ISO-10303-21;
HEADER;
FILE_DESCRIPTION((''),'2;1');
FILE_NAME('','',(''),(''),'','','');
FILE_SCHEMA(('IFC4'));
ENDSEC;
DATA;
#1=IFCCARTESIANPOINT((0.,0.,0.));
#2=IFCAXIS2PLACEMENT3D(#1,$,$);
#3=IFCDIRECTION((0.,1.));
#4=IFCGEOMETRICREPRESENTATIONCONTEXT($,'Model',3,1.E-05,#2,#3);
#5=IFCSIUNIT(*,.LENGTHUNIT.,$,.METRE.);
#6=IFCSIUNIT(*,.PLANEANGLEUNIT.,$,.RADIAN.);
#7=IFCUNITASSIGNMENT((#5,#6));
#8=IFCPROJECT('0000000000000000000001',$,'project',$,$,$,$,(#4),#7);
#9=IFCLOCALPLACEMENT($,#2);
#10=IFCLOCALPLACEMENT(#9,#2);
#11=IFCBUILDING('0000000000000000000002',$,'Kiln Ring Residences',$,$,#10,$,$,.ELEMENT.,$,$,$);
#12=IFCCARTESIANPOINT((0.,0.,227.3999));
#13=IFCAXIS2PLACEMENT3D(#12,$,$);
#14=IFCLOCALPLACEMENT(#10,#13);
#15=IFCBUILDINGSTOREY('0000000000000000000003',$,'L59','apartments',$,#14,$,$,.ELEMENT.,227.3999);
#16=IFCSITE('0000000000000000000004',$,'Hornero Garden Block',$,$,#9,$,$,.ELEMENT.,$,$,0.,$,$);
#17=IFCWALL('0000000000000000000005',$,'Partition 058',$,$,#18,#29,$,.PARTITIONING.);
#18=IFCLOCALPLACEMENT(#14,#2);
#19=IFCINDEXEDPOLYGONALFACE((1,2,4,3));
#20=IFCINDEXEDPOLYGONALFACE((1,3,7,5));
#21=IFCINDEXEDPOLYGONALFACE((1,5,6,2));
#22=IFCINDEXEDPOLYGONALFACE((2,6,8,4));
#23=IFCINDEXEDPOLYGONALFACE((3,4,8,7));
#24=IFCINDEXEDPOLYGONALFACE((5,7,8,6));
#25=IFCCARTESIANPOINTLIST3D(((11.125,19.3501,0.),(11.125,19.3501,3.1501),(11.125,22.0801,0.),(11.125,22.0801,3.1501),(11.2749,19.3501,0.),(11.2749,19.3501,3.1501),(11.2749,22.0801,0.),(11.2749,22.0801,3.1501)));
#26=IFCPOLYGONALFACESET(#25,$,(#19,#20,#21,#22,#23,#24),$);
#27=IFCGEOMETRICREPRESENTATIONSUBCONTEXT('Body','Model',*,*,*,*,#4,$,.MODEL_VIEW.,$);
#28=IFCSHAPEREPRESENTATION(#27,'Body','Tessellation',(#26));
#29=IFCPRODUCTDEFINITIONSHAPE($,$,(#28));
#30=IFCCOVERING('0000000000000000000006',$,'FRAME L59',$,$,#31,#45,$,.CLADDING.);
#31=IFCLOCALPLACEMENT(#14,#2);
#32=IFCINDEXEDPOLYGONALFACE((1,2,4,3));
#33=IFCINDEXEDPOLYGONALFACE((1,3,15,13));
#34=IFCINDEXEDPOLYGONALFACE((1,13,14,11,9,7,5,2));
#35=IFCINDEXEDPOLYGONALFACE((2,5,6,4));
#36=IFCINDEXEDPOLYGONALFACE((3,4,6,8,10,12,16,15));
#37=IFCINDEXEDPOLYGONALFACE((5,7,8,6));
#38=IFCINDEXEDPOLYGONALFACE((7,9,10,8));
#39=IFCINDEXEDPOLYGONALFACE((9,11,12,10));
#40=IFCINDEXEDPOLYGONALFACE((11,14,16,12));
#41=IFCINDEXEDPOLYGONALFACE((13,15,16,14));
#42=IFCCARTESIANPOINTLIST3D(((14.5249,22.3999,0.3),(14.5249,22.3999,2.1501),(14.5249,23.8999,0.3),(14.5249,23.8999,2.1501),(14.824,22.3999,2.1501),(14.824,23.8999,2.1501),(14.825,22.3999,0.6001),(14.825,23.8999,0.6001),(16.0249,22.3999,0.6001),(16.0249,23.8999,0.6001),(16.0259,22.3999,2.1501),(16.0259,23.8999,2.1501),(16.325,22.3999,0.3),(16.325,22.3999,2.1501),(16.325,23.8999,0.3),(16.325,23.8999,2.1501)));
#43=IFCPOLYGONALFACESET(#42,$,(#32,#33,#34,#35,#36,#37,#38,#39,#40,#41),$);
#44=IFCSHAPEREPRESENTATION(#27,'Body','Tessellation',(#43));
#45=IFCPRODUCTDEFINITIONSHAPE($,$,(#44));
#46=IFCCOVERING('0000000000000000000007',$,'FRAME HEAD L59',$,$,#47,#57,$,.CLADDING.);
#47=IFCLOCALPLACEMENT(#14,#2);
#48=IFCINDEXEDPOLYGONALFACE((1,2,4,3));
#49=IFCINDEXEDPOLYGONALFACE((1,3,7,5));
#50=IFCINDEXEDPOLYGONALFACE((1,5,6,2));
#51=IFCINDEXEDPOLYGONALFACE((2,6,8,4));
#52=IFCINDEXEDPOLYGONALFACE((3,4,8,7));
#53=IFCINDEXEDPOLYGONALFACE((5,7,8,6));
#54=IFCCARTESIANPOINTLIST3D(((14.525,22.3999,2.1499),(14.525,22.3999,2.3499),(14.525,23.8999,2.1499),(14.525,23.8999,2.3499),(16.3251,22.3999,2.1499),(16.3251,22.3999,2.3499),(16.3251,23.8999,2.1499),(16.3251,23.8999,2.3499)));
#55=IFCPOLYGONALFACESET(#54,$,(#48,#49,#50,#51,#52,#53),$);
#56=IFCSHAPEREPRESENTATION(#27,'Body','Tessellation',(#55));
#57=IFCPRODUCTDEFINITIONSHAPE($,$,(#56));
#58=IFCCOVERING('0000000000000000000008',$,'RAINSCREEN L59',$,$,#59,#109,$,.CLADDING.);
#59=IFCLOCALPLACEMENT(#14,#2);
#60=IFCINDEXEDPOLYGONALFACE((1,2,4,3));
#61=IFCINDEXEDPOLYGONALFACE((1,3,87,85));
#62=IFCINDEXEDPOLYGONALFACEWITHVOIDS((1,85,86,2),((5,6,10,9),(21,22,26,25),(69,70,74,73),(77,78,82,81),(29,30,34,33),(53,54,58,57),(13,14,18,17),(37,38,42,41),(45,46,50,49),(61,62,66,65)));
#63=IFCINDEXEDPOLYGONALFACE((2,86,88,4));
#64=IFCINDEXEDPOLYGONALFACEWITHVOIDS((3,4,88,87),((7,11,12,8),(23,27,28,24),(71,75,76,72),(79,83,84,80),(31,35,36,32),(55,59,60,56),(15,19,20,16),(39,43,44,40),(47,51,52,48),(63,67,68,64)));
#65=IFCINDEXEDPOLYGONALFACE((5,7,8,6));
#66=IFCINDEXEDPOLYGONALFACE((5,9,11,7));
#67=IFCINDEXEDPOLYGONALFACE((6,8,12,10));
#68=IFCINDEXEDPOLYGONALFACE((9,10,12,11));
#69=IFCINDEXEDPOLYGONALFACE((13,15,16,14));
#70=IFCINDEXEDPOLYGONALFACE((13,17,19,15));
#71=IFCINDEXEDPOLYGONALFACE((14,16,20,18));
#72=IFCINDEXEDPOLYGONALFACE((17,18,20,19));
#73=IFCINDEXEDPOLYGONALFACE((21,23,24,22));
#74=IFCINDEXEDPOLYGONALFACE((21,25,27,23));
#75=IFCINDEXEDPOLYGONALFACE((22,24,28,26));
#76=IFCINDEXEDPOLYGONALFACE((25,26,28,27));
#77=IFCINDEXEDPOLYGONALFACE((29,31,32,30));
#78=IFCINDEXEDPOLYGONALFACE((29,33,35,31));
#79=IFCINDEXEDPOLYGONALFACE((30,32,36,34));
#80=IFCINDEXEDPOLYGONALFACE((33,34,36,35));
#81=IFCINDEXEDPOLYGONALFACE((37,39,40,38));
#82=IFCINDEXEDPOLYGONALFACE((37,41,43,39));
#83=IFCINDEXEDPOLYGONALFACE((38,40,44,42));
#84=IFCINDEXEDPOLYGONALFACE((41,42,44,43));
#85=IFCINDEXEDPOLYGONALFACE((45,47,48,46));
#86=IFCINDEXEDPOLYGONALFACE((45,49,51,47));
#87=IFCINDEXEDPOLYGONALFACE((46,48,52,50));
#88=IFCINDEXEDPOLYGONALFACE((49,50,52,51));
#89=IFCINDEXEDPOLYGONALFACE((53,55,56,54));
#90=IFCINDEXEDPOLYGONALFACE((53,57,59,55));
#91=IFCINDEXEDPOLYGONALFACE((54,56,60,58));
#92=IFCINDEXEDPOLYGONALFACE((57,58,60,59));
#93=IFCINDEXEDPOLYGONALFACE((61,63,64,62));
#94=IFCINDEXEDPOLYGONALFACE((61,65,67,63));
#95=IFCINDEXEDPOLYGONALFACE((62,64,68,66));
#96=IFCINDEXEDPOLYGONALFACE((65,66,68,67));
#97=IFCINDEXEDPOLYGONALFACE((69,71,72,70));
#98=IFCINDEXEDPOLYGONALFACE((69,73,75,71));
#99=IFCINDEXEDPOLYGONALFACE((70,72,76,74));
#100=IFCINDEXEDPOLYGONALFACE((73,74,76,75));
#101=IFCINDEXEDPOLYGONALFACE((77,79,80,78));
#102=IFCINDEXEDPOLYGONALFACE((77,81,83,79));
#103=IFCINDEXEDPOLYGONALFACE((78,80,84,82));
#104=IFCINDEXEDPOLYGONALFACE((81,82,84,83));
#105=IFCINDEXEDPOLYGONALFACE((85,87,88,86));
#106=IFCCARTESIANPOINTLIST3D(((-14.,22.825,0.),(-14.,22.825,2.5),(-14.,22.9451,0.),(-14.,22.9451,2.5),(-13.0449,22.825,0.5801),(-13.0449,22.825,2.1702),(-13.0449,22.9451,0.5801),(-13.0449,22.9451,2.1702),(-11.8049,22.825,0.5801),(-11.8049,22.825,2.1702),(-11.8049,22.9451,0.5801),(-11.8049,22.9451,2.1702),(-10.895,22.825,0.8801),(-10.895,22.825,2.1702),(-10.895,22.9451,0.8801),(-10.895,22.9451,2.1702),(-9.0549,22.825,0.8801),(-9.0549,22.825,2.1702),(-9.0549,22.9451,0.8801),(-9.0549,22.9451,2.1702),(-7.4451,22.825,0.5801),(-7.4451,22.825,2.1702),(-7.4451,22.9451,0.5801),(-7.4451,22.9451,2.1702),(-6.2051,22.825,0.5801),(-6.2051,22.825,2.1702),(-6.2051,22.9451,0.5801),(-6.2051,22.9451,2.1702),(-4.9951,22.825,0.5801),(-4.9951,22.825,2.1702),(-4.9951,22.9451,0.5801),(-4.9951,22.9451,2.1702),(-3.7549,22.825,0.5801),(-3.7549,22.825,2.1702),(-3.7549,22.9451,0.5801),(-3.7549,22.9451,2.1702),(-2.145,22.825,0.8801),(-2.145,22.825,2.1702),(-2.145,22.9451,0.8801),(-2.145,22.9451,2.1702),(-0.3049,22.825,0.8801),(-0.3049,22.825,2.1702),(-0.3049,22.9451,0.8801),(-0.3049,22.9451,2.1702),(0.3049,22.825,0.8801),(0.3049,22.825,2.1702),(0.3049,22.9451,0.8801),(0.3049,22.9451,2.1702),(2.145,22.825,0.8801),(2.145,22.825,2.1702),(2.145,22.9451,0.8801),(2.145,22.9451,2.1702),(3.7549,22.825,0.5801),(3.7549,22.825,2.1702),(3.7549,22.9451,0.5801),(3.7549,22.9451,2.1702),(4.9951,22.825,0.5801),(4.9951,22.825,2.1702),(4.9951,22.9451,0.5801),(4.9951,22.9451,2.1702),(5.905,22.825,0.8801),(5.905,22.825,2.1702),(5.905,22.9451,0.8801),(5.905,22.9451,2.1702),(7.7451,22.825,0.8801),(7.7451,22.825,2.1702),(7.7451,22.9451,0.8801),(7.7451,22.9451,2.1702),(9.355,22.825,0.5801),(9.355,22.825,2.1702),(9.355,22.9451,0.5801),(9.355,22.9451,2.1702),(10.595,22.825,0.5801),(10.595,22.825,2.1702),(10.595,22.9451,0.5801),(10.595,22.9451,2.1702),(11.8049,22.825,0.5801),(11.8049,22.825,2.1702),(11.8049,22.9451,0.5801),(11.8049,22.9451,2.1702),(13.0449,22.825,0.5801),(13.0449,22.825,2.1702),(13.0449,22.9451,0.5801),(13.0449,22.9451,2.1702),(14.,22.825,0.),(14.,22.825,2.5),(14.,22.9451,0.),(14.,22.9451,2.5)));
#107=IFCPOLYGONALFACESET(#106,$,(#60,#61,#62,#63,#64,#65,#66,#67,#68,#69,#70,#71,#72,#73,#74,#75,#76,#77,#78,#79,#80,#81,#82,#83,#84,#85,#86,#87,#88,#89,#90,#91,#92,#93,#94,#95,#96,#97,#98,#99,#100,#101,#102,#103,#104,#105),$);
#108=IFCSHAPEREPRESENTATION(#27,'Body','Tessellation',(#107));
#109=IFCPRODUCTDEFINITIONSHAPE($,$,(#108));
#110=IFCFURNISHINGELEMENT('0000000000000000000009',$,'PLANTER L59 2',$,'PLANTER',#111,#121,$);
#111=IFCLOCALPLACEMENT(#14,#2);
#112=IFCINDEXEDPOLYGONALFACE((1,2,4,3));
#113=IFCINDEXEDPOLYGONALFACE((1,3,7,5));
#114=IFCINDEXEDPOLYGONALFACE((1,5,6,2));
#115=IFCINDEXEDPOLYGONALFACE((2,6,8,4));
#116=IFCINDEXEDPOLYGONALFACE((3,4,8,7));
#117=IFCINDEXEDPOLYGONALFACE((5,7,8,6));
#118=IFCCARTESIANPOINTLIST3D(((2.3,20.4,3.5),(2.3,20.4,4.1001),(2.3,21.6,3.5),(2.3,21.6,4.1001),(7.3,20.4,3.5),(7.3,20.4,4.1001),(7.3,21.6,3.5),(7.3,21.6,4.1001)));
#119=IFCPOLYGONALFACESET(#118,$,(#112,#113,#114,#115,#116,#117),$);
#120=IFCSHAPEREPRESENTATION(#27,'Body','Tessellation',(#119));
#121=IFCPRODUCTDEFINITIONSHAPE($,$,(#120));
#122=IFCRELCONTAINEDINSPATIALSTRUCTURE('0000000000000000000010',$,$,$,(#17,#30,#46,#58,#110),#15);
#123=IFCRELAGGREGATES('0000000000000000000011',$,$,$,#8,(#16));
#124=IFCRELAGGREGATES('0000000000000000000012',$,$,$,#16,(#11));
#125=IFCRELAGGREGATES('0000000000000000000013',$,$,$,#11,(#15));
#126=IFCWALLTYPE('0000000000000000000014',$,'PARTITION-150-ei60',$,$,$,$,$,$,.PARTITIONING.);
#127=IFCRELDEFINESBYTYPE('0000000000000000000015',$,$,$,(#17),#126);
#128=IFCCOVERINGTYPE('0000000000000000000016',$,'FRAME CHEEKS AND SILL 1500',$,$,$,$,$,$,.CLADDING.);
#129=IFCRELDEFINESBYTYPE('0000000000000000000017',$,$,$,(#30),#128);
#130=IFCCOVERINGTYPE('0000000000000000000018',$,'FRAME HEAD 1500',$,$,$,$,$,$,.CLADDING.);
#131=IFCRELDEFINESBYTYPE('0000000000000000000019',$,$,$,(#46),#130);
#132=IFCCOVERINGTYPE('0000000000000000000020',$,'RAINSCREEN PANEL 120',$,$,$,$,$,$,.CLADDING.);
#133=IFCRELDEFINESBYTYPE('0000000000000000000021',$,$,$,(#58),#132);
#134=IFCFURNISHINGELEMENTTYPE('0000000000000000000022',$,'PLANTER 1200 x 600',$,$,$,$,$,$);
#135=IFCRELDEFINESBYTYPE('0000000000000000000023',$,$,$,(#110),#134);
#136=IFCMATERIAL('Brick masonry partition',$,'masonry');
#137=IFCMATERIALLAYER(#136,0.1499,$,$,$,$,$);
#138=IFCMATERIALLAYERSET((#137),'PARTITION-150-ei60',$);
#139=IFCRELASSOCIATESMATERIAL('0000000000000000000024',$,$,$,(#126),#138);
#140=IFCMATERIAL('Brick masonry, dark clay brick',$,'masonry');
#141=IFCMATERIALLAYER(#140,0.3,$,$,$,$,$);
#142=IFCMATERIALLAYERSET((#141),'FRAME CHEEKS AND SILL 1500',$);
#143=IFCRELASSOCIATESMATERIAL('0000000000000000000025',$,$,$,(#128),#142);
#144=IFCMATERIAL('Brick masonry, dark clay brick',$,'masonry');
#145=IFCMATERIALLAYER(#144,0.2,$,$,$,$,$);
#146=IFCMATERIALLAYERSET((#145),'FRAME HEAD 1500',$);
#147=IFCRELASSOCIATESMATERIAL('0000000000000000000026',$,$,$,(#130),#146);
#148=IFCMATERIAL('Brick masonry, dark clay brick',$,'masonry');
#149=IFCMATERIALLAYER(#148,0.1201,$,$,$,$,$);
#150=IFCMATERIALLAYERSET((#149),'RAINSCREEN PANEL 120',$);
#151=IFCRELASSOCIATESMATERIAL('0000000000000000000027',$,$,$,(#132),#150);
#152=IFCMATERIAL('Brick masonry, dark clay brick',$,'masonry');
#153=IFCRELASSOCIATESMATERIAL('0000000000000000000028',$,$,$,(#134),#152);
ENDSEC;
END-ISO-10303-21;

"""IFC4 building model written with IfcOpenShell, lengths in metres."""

from ifc_helpers import new_model, si_unit, direction, frame, frame_2d, origin, origin_2d, place, context, subcontext, project, spatial, polyline, rectangle, outline, extrude, material, layer, layer_set, type_object, element, save


model = new_model("IFC4")

# Units and contexts
model_context = context("Model", 3, precision=1e-05, world=origin(), true_north=direction((0.0, 1.0)))
body_context = subcontext(model_context, "Body", "Model", "MODEL_VIEW")
ifc_project = project(units=[si_unit("LENGTHUNIT", "METRE"), si_unit("PLANEANGLEUNIT", "RADIAN")], contexts=[model_context])

# Site, building, storey
site_placement = place(None, origin())
site = spatial("IfcSite", under=ifc_project, at=site_placement, Name="Hornero Garden Block", CompositionType="ELEMENT", RefElevation=0.0)
building_placement = place(site_placement, origin())
building = spatial("IfcBuilding", under=site, at=building_placement, Name="Kiln Ring Residences", CompositionType="ELEMENT")
storey_placement = place(building_placement, frame((0.0, 0.0, 227.3999)))
storey = spatial("IfcBuildingStorey", under=building, at=storey_placement, Name="L59", Description="apartments", CompositionType="ELEMENT", Elevation=227.3999)

# Wall
ifc_material_1 = material(Name="Brick masonry partition", Category="masonry")
ifc_layer_1 = layer(ifc_material_1, 0.1499)
ifc_layer_set_1 = layer_set([ifc_layer_1], Name="PARTITION-150-ei60")
wall_type_1 = type_object("IfcWallType", Name="PARTITION-150-ei60", PredefinedType="PARTITIONING", material=ifc_layer_set_1)
wall_1_placement = place(storey_placement, frame((11.2, 19.3501, 0.0), z_axis=(0.0, 0.0, 1.0), x_axis=(0.0, 1.0, 0.0)))
element("IfcWall", 1, at=wall_1_placement, inside=storey, type_object=wall_type_1, Name="Partition 058", PredefinedType="PARTITIONING", context=body_context, shape_type="SweptSolid", body=[
    extrude(rectangle(XDim=2.73, YDim=0.1499, at=frame_2d((1.365, 0.0))), origin(), (0.0, 0.0, 1.0), 3.1501),
])

# Coverings
ifc_material_2 = material(Name="Brick masonry, dark clay brick", Category="masonry")
ifc_layer_2 = layer(ifc_material_2, 0.3)
ifc_layer_set_2 = layer_set([ifc_layer_2], Name="FRAME CHEEKS AND SILL 1500")
covering_type_1 = type_object("IfcCoveringType", Name="FRAME CHEEKS AND SILL 1500", PredefinedType="CLADDING", material=ifc_layer_set_2)
covering_1_placement = place(storey_placement, frame((16.325, 23.1499, 0.3), z_axis=(0.0, 0.0, 1.0), x_axis=(-1.0, 0.0, 0.0)))
element("IfcCovering", 2, at=covering_1_placement, inside=storey, type_object=covering_type_1, Name="FRAME L59", PredefinedType="CLADDING", context=body_context, shape_type="SweptSolid", body=[
    extrude(outline(polyline([(0.0, 0.0), (1.8, 0.0), (1.8, 1.8501), (1.501, 1.8501), (1.5, 0.3), (0.3, 0.3), (0.2991, 1.8501), (0.0, 1.8501), (0.0, 0.0)])), frame((0.0, 0.75, 0.0), z_axis=(0.0, -1.0, 0.0), x_axis=(1.0, 0.0, 0.0)), (0.0, 0.0, 1.0), 1.5),
])
ifc_material_3 = material(Name="Brick masonry, dark clay brick", Category="masonry")
ifc_layer_3 = layer(ifc_material_3, 0.2)
ifc_layer_set_3 = layer_set([ifc_layer_3], Name="FRAME HEAD 1500")
covering_type_2 = type_object("IfcCoveringType", Name="FRAME HEAD 1500", PredefinedType="CLADDING", material=ifc_layer_set_3)
covering_2_placement = place(storey_placement, frame((15.425, 23.1499, 2.1499), z_axis=(0.0, 0.0, 1.0), x_axis=(-1.0, 0.0, 0.0)))
element("IfcCovering", 3, at=covering_2_placement, inside=storey, type_object=covering_type_2, Name="FRAME HEAD L59", PredefinedType="CLADDING", context=body_context, shape_type="SweptSolid", body=[
    extrude(rectangle(XDim=1.8, YDim=1.5, at=origin_2d()), origin(), (0.0, 0.0, 1.0), 0.2),
])
ifc_material_4 = material(Name="Brick masonry, dark clay brick", Category="masonry")
ifc_layer_4 = layer(ifc_material_4, 0.1201)
ifc_layer_set_4 = layer_set([ifc_layer_4], Name="RAINSCREEN PANEL 120")
covering_type_3 = type_object("IfcCoveringType", Name="RAINSCREEN PANEL 120", PredefinedType="CLADDING", material=ifc_layer_set_4)
covering_3_placement = place(storey_placement, frame((14.0, 22.885, 0.0), z_axis=(0.0, 0.0, 1.0), x_axis=(-1.0, 0.0, 0.0)))
element("IfcCovering", 4, at=covering_3_placement, inside=storey, type_object=covering_type_3, Name="RAINSCREEN L59", PredefinedType="CLADDING", context=body_context, shape_type="SweptSolid", body=[
    extrude(outline(polyline([(0.0, 0.0), (28.0, 0.0), (28.0, 2.5), (0.0, 2.5), (0.0, 0.0)]), holes=[polyline([(0.9551, 0.5801), (2.1951, 0.5801), (2.1951, 2.1702), (0.9551, 2.1702), (0.9551, 0.5801)]), polyline([(3.405, 0.5801), (4.645, 0.5801), (4.645, 2.1702), (3.405, 2.1702), (3.405, 0.5801)]), polyline([(9.0049, 0.5801), (10.2451, 0.5801), (10.2451, 2.1702), (9.0049, 2.1702), (9.0049, 0.5801)]), polyline([(17.7549, 2.1702), (17.7549, 0.5801), (18.9951, 0.5801), (18.9951, 2.1702), (17.7549, 2.1702)]), polyline([(20.2051, 2.1702), (20.2051, 0.5801), (21.4451, 0.5801), (21.4451, 2.1702), (20.2051, 2.1702)]), polyline([(25.8049, 0.5801), (27.0449, 0.5801), (27.0449, 2.1702), (25.8049, 2.1702), (25.8049, 0.5801)]), polyline([(6.2549, 0.8801), (8.095, 0.8801), (8.095, 2.1702), (6.2549, 2.1702), (6.2549, 0.8801)]), polyline([(11.855, 0.8801), (13.6951, 0.8801), (13.6951, 2.1702), (11.855, 2.1702), (11.855, 0.8801)]), polyline([(14.3049, 2.1702), (14.3049, 0.8801), (16.145, 0.8801), (16.145, 2.1702), (14.3049, 2.1702)]), polyline([(23.0549, 2.1702), (23.0549, 0.8801), (24.895, 0.8801), (24.895, 2.1702), (23.0549, 2.1702)])]), frame((0.0, 0.0601, 0.0), z_axis=(0.0, -1.0, 0.0), x_axis=(1.0, 0.0, 0.0)), (0.0, 0.0, 1.0), 0.1201),
])

# Furnishing element
ifc_material_5 = material(Name="Brick masonry, dark clay brick", Category="masonry")
furnishing_element_type = type_object("IfcFurnishingElementType", Name="PLANTER 1200 x 600", material=ifc_material_5)
furnishing_placement = place(storey_placement, frame((4.8, 21.0, 3.5), z_axis=(0.0, 0.0, 1.0), x_axis=(1.0, 0.0, 0.0)))
element("IfcFurnishingElement", 5, at=furnishing_placement, inside=storey, type_object=furnishing_element_type, Name="PLANTER L59 2", ObjectType="PLANTER", context=body_context, shape_type="SweptSolid", body=[
    extrude(rectangle(XDim=5.0, YDim=1.2, at=origin_2d()), origin(), (0.0, 0.0, 1.0), 0.6001),
])

save(model, "model.ifc")
